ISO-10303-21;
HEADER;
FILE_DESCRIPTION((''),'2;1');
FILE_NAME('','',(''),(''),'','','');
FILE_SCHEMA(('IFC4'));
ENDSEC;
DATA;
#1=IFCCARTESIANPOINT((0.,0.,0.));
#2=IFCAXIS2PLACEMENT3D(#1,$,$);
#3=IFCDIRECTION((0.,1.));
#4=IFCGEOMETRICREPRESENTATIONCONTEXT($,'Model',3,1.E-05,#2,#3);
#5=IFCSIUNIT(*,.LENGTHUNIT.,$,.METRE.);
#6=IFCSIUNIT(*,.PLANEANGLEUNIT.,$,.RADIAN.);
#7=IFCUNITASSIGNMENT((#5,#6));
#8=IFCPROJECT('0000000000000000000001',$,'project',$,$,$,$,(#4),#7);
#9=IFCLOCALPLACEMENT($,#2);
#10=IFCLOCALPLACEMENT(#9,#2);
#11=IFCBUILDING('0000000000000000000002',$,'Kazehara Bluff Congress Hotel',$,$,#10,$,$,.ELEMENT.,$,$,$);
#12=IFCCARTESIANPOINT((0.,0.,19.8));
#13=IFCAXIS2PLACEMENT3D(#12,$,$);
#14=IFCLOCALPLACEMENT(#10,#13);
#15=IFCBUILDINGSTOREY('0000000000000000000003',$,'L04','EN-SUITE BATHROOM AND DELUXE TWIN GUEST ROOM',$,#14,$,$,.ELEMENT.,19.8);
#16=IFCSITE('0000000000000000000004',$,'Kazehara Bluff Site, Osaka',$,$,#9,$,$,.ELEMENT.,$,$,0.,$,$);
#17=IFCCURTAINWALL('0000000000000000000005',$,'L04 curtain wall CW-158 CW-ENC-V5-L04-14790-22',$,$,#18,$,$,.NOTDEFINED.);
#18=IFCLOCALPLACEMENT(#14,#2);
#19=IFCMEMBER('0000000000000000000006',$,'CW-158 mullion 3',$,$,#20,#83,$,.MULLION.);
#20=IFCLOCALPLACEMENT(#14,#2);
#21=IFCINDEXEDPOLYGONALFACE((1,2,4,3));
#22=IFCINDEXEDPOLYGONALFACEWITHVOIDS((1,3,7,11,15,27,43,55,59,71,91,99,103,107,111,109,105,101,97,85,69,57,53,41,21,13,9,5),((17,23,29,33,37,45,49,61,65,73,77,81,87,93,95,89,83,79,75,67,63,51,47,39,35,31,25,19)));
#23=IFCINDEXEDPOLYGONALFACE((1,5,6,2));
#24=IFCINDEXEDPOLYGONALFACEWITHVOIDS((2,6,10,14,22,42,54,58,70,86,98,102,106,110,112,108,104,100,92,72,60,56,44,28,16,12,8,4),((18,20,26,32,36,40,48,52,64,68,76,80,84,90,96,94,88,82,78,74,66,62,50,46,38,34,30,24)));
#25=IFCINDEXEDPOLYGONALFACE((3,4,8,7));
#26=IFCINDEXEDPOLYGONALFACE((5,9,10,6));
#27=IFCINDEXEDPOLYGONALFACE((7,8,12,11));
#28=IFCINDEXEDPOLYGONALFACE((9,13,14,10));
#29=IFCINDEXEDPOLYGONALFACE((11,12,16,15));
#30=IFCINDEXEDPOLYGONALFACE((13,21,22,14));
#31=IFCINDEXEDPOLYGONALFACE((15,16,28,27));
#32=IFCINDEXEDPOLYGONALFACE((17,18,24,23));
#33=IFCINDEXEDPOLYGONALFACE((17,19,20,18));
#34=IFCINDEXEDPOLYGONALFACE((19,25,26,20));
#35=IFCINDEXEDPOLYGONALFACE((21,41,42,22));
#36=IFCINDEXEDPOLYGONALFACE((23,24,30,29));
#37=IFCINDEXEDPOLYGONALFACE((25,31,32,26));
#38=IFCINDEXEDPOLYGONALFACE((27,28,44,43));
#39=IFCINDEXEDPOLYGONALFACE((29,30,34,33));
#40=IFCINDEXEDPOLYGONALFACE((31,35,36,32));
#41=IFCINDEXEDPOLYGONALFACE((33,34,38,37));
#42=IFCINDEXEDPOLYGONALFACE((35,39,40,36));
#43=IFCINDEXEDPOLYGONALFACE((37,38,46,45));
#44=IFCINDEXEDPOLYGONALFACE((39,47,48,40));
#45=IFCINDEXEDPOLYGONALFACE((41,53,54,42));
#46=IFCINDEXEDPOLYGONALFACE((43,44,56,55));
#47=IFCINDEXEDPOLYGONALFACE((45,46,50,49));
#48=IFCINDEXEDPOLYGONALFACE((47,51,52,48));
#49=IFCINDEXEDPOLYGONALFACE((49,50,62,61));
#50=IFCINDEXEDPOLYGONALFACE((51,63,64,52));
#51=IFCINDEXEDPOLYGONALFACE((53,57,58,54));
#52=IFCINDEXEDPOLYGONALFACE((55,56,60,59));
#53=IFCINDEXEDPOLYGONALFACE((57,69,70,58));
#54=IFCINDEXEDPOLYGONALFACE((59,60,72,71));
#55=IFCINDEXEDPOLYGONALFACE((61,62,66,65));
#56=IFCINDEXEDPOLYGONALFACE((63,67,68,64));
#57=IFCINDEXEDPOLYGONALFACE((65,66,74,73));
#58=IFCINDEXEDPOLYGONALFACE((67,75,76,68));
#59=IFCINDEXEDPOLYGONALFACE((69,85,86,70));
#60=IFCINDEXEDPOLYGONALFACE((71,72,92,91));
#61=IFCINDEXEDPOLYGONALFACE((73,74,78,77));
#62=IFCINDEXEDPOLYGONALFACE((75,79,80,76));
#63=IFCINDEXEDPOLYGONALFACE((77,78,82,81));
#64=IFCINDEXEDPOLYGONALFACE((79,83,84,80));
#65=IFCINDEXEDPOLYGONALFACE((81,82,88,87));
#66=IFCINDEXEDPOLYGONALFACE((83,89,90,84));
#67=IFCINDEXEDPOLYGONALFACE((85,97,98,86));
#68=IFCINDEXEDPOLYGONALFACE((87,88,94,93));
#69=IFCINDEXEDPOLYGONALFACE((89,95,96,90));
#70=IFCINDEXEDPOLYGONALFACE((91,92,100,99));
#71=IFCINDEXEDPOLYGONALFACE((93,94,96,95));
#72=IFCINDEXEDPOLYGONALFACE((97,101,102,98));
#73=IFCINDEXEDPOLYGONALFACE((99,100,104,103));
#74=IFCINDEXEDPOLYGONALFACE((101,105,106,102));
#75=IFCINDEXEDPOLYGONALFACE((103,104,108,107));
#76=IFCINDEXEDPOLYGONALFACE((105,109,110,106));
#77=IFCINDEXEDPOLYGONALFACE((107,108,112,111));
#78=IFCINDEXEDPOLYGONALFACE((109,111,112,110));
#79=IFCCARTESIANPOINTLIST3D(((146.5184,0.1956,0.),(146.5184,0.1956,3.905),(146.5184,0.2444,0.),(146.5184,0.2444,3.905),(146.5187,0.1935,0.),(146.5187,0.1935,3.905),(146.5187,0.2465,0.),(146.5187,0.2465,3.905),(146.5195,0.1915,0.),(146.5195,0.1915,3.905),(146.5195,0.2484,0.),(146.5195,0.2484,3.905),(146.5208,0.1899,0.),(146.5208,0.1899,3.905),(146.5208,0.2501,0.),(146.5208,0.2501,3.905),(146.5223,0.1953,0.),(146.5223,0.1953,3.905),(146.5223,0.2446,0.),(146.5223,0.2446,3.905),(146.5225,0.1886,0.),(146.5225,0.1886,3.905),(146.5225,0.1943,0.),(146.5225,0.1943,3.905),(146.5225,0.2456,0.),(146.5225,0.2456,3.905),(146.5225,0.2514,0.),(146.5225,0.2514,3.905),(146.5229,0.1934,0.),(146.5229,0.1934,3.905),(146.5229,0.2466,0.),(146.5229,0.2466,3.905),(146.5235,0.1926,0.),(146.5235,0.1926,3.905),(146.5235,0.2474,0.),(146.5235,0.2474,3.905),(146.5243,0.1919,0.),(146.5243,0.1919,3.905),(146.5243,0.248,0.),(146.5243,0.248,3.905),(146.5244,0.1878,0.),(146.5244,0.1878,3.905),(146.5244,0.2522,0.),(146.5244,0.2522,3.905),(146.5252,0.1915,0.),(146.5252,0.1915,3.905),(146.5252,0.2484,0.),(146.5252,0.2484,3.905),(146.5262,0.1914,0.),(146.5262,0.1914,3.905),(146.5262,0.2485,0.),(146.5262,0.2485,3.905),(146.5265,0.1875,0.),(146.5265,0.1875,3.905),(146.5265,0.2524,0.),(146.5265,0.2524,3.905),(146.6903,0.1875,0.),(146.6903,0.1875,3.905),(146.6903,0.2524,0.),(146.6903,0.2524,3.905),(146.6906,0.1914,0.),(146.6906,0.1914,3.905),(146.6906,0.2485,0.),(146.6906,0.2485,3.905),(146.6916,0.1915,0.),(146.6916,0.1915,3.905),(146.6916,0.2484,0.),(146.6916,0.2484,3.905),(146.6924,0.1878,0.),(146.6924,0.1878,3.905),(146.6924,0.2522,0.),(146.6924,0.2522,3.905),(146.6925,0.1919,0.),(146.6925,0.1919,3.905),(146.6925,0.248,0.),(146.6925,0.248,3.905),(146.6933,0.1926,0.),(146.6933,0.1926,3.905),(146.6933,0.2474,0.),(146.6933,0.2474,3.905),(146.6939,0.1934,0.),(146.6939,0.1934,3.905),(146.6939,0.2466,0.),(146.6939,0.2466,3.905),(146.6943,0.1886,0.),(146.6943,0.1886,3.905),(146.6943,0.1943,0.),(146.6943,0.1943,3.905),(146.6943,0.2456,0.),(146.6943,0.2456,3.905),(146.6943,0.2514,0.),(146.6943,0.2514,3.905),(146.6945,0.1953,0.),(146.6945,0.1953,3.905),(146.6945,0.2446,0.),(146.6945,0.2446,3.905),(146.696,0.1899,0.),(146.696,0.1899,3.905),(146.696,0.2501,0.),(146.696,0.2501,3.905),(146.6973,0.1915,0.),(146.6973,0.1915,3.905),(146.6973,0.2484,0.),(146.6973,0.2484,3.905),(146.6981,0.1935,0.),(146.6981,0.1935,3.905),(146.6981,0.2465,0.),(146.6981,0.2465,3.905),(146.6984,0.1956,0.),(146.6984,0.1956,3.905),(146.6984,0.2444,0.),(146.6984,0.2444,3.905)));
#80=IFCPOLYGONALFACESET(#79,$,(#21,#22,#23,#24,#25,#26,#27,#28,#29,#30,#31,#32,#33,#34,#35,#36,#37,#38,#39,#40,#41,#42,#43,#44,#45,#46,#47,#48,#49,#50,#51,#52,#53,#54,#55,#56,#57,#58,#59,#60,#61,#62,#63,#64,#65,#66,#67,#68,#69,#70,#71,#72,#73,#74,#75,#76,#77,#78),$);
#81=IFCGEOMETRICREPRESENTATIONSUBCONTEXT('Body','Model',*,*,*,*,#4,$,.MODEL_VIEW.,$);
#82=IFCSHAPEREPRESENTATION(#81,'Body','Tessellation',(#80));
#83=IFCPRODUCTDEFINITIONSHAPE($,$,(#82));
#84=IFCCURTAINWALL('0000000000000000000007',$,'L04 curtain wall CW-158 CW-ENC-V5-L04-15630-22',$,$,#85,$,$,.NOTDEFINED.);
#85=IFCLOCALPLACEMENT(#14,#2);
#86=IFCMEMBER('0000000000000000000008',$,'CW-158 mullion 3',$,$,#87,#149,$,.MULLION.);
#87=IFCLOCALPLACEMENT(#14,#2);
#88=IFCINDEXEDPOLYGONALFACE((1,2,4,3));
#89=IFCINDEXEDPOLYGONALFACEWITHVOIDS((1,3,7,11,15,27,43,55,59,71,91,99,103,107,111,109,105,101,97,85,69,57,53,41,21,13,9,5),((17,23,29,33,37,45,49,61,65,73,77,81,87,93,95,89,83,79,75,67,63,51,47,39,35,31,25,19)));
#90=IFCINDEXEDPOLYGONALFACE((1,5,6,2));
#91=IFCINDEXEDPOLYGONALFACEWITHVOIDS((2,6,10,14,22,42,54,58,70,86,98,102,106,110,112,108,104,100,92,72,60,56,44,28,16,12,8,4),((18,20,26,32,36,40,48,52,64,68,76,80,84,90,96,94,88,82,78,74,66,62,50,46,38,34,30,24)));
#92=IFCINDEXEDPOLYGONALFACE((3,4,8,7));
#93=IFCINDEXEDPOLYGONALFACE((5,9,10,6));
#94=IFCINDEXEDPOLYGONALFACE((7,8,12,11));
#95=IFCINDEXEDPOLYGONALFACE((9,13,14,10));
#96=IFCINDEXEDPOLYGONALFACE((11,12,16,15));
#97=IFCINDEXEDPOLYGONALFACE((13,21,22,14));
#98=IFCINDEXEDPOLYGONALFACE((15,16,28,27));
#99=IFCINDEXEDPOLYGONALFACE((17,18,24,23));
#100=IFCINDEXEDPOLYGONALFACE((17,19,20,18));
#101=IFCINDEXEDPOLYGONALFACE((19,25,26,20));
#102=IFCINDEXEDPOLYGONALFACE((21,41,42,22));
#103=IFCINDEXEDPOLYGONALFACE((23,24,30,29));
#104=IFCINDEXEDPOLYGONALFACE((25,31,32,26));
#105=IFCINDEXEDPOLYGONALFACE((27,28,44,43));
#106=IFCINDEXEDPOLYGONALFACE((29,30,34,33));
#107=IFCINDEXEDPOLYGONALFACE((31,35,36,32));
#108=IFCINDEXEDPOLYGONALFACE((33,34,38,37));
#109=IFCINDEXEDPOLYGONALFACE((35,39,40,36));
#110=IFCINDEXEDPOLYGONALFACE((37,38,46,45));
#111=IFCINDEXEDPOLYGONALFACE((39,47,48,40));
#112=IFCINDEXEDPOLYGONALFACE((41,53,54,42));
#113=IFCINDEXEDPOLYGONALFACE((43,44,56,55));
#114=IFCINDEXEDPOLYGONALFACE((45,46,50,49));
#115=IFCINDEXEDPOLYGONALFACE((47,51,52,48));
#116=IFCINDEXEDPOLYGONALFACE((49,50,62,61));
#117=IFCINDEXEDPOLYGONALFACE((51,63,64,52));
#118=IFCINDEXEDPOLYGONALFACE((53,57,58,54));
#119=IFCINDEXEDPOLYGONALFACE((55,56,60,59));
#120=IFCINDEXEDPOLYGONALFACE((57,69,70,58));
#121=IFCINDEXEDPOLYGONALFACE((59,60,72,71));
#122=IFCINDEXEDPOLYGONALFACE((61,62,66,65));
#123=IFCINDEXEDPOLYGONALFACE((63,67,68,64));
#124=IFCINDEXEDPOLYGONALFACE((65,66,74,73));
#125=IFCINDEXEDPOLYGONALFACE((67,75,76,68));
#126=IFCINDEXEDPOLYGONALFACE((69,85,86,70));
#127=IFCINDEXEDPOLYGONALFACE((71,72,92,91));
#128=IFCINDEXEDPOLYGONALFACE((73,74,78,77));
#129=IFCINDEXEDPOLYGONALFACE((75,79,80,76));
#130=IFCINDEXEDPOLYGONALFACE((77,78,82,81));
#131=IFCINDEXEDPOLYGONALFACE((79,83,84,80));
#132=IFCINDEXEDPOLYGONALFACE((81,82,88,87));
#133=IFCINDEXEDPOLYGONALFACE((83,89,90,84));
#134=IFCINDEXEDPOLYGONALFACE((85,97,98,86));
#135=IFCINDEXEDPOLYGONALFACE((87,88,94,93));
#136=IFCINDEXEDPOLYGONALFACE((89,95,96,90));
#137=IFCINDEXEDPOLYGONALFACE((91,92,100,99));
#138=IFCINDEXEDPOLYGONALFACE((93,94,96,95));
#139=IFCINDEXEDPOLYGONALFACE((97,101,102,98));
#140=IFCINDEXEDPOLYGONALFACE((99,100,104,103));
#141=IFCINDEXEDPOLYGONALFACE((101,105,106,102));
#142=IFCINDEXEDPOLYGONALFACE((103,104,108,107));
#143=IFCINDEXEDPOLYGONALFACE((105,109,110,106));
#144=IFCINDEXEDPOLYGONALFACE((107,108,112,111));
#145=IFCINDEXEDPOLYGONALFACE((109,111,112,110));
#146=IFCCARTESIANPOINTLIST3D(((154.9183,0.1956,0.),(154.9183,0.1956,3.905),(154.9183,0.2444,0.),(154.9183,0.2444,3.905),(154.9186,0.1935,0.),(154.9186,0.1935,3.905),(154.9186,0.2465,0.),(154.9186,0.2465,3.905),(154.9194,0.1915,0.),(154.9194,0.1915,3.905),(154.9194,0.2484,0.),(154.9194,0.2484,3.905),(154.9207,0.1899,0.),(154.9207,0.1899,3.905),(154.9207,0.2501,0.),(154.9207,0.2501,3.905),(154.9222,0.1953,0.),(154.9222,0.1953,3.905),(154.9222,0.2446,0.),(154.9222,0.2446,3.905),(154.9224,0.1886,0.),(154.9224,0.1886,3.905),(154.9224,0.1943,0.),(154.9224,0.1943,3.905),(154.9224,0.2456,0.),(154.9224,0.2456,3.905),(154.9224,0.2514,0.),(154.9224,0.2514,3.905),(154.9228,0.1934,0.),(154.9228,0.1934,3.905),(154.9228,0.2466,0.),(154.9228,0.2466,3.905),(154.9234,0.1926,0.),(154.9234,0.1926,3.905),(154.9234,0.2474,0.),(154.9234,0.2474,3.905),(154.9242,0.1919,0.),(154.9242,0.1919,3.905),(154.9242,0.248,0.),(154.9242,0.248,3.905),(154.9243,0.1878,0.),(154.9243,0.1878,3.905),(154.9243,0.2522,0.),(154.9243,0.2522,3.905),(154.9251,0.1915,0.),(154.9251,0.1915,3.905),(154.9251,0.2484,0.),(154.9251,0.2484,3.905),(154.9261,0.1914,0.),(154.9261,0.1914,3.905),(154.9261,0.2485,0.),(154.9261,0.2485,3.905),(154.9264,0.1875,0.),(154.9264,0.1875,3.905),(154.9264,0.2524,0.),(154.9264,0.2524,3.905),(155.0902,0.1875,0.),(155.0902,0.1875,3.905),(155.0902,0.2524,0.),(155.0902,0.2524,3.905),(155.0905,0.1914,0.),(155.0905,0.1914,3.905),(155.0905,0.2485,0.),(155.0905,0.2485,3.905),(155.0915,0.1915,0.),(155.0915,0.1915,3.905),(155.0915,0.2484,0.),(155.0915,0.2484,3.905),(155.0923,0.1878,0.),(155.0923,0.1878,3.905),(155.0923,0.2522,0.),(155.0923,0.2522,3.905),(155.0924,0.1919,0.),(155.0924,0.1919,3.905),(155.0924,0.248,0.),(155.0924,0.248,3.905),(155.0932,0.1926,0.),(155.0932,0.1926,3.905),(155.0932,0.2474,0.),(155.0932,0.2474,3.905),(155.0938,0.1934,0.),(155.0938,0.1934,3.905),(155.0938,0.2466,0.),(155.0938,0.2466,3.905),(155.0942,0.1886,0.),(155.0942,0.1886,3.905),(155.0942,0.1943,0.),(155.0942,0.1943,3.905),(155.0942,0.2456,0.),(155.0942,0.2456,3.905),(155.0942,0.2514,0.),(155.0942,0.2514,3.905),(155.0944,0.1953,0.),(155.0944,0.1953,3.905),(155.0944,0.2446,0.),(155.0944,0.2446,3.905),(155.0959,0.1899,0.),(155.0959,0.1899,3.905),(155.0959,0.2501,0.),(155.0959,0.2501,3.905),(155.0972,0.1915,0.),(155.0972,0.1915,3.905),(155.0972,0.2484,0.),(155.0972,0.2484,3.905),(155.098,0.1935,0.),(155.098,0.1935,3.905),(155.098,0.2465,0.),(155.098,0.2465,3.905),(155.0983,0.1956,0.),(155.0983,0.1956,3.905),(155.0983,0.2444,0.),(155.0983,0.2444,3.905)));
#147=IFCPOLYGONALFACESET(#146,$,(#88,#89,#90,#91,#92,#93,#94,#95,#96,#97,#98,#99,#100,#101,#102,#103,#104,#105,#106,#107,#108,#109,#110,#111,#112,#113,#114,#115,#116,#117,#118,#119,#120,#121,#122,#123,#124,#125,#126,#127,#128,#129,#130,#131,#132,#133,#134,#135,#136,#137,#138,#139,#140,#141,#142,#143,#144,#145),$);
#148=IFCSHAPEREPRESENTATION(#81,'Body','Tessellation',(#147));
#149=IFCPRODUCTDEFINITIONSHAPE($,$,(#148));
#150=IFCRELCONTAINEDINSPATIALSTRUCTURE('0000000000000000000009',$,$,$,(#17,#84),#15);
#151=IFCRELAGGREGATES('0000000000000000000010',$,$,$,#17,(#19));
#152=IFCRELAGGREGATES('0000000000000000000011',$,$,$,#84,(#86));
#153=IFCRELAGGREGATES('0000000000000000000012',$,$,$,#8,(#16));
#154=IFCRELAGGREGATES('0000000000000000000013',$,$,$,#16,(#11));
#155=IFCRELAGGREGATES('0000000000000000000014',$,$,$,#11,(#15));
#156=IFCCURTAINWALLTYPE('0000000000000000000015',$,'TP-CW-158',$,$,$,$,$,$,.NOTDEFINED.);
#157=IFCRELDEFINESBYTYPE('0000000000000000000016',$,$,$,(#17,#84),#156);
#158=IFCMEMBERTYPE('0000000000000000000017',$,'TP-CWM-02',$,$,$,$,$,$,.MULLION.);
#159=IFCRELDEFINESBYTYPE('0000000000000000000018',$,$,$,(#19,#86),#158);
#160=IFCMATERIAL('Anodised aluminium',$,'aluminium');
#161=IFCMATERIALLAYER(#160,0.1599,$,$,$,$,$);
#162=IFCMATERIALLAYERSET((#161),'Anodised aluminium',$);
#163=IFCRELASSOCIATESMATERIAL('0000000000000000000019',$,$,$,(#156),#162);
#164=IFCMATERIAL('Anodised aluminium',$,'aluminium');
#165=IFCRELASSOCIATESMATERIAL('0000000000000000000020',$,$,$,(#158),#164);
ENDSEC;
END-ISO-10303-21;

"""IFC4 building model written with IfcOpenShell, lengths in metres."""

from ifc_helpers import new_model, si_unit, direction, frame, origin, origin_2d, place, context, subcontext, project, spatial, hollow_rectangle, extrude, material, layer, layer_set, material_profile, profile_set, type_object, element, aggregate, save


model = new_model("IFC4")

# Units and contexts
model_context = context("Model", 3, precision=1e-05, world=origin(), true_north=direction((0.0, 1.0)))
body_context = subcontext(model_context, "Body", "Model", "MODEL_VIEW")
ifc_project = project(units=[si_unit("LENGTHUNIT", "METRE"), si_unit("PLANEANGLEUNIT", "RADIAN")], contexts=[model_context])

# Site, building, storey
site_placement = place(None, origin())
site = spatial("IfcSite", under=ifc_project, at=site_placement, Name="Kazehara Bluff Site, Osaka", CompositionType="ELEMENT", RefElevation=0.0)
building_placement = place(site_placement, origin())
building = spatial("IfcBuilding", under=site, at=building_placement, Name="Kazehara Bluff Congress Hotel", CompositionType="ELEMENT")
storey_placement = place(building_placement, frame((0.0, 0.0, 19.8)))
storey = spatial("IfcBuildingStorey", under=building, at=storey_placement, Name="L04", Description="EN-SUITE BATHROOM AND DELUXE TWIN GUEST ROOM", CompositionType="ELEMENT", Elevation=19.8)

# Curtain walls, members
ifc_material_1 = material(Name="Anodised aluminium", Category="aluminium")
ifc_layer_1 = layer(ifc_material_1, 0.1599)
ifc_layer_set_1 = layer_set([ifc_layer_1], Name="Anodised aluminium")
curtain_wall_type = type_object("IfcCurtainWallType", Name="TP-CW-158", PredefinedType="NOTDEFINED", material=ifc_layer_set_1)
curtain_wall_1_placement = place(storey_placement, origin())
curtain_wall_1 = element("IfcCurtainWall", 1, at=curtain_wall_1_placement, inside=storey, type_object=curtain_wall_type, Name="L04 curtain wall CW-158 CW-ENC-V5-L04-14790-22", PredefinedType="NOTDEFINED")
ifc_material_2 = material(Name="Anodised aluminium", Category="aluminium")
ifc_material_profile_1 = material_profile(ifc_material_2, hollow_rectangle(XDim=0.0649, YDim=0.1799, WallThickness=0.0039, InnerFilletRadius=0.0039, OuterFilletRadius=0.0081, at=origin_2d()))
ifc_profile_set_1 = profile_set([ifc_material_profile_1], Name="Anodised aluminium")
member_type_1 = type_object("IfcMemberType", Name="TP-CWM-02", PredefinedType="MULLION", material=ifc_profile_set_1)
member_1_placement = place(storey_placement, frame((146.6084, 0.22, 0.0), z_axis=(0.0, 0.0, 1.0), x_axis=(0.0, -1.0, 0.0)))
member_1 = element("IfcMember", 2, at=member_1_placement, type_object=member_type_1, Name="CW-158 mullion 3", PredefinedType="MULLION", context=body_context, shape_type="SweptSolid", body=[
    extrude(hollow_rectangle(XDim=0.0649, YDim=0.1799, WallThickness=0.0039, InnerFilletRadius=0.0039, OuterFilletRadius=0.0081, at=origin_2d()), origin(), (0.0, 0.0, 1.0), 3.905),
])
curtain_wall_2_placement = place(storey_placement, origin())
curtain_wall_2 = element("IfcCurtainWall", 3, at=curtain_wall_2_placement, inside=storey, type_object=curtain_wall_type, Name="L04 curtain wall CW-158 CW-ENC-V5-L04-15630-22", PredefinedType="NOTDEFINED")
member_2_placement = place(storey_placement, frame((155.0083, 0.22, 0.0), z_axis=(0.0, 0.0, 1.0), x_axis=(0.0, -1.0, 0.0)))
member_2 = element("IfcMember", 4, at=member_2_placement, type_object=member_type_1, Name="CW-158 mullion 3", PredefinedType="MULLION", context=body_context, shape_type="SweptSolid", body=[
    extrude(hollow_rectangle(XDim=0.0649, YDim=0.1799, WallThickness=0.0039, InnerFilletRadius=0.0039, OuterFilletRadius=0.0081, at=origin_2d()), origin(), (0.0, 0.0, 1.0), 3.905),
])

aggregate(curtain_wall_1, [member_1])
aggregate(curtain_wall_2, [member_2])

save(model, "model.ifc")
